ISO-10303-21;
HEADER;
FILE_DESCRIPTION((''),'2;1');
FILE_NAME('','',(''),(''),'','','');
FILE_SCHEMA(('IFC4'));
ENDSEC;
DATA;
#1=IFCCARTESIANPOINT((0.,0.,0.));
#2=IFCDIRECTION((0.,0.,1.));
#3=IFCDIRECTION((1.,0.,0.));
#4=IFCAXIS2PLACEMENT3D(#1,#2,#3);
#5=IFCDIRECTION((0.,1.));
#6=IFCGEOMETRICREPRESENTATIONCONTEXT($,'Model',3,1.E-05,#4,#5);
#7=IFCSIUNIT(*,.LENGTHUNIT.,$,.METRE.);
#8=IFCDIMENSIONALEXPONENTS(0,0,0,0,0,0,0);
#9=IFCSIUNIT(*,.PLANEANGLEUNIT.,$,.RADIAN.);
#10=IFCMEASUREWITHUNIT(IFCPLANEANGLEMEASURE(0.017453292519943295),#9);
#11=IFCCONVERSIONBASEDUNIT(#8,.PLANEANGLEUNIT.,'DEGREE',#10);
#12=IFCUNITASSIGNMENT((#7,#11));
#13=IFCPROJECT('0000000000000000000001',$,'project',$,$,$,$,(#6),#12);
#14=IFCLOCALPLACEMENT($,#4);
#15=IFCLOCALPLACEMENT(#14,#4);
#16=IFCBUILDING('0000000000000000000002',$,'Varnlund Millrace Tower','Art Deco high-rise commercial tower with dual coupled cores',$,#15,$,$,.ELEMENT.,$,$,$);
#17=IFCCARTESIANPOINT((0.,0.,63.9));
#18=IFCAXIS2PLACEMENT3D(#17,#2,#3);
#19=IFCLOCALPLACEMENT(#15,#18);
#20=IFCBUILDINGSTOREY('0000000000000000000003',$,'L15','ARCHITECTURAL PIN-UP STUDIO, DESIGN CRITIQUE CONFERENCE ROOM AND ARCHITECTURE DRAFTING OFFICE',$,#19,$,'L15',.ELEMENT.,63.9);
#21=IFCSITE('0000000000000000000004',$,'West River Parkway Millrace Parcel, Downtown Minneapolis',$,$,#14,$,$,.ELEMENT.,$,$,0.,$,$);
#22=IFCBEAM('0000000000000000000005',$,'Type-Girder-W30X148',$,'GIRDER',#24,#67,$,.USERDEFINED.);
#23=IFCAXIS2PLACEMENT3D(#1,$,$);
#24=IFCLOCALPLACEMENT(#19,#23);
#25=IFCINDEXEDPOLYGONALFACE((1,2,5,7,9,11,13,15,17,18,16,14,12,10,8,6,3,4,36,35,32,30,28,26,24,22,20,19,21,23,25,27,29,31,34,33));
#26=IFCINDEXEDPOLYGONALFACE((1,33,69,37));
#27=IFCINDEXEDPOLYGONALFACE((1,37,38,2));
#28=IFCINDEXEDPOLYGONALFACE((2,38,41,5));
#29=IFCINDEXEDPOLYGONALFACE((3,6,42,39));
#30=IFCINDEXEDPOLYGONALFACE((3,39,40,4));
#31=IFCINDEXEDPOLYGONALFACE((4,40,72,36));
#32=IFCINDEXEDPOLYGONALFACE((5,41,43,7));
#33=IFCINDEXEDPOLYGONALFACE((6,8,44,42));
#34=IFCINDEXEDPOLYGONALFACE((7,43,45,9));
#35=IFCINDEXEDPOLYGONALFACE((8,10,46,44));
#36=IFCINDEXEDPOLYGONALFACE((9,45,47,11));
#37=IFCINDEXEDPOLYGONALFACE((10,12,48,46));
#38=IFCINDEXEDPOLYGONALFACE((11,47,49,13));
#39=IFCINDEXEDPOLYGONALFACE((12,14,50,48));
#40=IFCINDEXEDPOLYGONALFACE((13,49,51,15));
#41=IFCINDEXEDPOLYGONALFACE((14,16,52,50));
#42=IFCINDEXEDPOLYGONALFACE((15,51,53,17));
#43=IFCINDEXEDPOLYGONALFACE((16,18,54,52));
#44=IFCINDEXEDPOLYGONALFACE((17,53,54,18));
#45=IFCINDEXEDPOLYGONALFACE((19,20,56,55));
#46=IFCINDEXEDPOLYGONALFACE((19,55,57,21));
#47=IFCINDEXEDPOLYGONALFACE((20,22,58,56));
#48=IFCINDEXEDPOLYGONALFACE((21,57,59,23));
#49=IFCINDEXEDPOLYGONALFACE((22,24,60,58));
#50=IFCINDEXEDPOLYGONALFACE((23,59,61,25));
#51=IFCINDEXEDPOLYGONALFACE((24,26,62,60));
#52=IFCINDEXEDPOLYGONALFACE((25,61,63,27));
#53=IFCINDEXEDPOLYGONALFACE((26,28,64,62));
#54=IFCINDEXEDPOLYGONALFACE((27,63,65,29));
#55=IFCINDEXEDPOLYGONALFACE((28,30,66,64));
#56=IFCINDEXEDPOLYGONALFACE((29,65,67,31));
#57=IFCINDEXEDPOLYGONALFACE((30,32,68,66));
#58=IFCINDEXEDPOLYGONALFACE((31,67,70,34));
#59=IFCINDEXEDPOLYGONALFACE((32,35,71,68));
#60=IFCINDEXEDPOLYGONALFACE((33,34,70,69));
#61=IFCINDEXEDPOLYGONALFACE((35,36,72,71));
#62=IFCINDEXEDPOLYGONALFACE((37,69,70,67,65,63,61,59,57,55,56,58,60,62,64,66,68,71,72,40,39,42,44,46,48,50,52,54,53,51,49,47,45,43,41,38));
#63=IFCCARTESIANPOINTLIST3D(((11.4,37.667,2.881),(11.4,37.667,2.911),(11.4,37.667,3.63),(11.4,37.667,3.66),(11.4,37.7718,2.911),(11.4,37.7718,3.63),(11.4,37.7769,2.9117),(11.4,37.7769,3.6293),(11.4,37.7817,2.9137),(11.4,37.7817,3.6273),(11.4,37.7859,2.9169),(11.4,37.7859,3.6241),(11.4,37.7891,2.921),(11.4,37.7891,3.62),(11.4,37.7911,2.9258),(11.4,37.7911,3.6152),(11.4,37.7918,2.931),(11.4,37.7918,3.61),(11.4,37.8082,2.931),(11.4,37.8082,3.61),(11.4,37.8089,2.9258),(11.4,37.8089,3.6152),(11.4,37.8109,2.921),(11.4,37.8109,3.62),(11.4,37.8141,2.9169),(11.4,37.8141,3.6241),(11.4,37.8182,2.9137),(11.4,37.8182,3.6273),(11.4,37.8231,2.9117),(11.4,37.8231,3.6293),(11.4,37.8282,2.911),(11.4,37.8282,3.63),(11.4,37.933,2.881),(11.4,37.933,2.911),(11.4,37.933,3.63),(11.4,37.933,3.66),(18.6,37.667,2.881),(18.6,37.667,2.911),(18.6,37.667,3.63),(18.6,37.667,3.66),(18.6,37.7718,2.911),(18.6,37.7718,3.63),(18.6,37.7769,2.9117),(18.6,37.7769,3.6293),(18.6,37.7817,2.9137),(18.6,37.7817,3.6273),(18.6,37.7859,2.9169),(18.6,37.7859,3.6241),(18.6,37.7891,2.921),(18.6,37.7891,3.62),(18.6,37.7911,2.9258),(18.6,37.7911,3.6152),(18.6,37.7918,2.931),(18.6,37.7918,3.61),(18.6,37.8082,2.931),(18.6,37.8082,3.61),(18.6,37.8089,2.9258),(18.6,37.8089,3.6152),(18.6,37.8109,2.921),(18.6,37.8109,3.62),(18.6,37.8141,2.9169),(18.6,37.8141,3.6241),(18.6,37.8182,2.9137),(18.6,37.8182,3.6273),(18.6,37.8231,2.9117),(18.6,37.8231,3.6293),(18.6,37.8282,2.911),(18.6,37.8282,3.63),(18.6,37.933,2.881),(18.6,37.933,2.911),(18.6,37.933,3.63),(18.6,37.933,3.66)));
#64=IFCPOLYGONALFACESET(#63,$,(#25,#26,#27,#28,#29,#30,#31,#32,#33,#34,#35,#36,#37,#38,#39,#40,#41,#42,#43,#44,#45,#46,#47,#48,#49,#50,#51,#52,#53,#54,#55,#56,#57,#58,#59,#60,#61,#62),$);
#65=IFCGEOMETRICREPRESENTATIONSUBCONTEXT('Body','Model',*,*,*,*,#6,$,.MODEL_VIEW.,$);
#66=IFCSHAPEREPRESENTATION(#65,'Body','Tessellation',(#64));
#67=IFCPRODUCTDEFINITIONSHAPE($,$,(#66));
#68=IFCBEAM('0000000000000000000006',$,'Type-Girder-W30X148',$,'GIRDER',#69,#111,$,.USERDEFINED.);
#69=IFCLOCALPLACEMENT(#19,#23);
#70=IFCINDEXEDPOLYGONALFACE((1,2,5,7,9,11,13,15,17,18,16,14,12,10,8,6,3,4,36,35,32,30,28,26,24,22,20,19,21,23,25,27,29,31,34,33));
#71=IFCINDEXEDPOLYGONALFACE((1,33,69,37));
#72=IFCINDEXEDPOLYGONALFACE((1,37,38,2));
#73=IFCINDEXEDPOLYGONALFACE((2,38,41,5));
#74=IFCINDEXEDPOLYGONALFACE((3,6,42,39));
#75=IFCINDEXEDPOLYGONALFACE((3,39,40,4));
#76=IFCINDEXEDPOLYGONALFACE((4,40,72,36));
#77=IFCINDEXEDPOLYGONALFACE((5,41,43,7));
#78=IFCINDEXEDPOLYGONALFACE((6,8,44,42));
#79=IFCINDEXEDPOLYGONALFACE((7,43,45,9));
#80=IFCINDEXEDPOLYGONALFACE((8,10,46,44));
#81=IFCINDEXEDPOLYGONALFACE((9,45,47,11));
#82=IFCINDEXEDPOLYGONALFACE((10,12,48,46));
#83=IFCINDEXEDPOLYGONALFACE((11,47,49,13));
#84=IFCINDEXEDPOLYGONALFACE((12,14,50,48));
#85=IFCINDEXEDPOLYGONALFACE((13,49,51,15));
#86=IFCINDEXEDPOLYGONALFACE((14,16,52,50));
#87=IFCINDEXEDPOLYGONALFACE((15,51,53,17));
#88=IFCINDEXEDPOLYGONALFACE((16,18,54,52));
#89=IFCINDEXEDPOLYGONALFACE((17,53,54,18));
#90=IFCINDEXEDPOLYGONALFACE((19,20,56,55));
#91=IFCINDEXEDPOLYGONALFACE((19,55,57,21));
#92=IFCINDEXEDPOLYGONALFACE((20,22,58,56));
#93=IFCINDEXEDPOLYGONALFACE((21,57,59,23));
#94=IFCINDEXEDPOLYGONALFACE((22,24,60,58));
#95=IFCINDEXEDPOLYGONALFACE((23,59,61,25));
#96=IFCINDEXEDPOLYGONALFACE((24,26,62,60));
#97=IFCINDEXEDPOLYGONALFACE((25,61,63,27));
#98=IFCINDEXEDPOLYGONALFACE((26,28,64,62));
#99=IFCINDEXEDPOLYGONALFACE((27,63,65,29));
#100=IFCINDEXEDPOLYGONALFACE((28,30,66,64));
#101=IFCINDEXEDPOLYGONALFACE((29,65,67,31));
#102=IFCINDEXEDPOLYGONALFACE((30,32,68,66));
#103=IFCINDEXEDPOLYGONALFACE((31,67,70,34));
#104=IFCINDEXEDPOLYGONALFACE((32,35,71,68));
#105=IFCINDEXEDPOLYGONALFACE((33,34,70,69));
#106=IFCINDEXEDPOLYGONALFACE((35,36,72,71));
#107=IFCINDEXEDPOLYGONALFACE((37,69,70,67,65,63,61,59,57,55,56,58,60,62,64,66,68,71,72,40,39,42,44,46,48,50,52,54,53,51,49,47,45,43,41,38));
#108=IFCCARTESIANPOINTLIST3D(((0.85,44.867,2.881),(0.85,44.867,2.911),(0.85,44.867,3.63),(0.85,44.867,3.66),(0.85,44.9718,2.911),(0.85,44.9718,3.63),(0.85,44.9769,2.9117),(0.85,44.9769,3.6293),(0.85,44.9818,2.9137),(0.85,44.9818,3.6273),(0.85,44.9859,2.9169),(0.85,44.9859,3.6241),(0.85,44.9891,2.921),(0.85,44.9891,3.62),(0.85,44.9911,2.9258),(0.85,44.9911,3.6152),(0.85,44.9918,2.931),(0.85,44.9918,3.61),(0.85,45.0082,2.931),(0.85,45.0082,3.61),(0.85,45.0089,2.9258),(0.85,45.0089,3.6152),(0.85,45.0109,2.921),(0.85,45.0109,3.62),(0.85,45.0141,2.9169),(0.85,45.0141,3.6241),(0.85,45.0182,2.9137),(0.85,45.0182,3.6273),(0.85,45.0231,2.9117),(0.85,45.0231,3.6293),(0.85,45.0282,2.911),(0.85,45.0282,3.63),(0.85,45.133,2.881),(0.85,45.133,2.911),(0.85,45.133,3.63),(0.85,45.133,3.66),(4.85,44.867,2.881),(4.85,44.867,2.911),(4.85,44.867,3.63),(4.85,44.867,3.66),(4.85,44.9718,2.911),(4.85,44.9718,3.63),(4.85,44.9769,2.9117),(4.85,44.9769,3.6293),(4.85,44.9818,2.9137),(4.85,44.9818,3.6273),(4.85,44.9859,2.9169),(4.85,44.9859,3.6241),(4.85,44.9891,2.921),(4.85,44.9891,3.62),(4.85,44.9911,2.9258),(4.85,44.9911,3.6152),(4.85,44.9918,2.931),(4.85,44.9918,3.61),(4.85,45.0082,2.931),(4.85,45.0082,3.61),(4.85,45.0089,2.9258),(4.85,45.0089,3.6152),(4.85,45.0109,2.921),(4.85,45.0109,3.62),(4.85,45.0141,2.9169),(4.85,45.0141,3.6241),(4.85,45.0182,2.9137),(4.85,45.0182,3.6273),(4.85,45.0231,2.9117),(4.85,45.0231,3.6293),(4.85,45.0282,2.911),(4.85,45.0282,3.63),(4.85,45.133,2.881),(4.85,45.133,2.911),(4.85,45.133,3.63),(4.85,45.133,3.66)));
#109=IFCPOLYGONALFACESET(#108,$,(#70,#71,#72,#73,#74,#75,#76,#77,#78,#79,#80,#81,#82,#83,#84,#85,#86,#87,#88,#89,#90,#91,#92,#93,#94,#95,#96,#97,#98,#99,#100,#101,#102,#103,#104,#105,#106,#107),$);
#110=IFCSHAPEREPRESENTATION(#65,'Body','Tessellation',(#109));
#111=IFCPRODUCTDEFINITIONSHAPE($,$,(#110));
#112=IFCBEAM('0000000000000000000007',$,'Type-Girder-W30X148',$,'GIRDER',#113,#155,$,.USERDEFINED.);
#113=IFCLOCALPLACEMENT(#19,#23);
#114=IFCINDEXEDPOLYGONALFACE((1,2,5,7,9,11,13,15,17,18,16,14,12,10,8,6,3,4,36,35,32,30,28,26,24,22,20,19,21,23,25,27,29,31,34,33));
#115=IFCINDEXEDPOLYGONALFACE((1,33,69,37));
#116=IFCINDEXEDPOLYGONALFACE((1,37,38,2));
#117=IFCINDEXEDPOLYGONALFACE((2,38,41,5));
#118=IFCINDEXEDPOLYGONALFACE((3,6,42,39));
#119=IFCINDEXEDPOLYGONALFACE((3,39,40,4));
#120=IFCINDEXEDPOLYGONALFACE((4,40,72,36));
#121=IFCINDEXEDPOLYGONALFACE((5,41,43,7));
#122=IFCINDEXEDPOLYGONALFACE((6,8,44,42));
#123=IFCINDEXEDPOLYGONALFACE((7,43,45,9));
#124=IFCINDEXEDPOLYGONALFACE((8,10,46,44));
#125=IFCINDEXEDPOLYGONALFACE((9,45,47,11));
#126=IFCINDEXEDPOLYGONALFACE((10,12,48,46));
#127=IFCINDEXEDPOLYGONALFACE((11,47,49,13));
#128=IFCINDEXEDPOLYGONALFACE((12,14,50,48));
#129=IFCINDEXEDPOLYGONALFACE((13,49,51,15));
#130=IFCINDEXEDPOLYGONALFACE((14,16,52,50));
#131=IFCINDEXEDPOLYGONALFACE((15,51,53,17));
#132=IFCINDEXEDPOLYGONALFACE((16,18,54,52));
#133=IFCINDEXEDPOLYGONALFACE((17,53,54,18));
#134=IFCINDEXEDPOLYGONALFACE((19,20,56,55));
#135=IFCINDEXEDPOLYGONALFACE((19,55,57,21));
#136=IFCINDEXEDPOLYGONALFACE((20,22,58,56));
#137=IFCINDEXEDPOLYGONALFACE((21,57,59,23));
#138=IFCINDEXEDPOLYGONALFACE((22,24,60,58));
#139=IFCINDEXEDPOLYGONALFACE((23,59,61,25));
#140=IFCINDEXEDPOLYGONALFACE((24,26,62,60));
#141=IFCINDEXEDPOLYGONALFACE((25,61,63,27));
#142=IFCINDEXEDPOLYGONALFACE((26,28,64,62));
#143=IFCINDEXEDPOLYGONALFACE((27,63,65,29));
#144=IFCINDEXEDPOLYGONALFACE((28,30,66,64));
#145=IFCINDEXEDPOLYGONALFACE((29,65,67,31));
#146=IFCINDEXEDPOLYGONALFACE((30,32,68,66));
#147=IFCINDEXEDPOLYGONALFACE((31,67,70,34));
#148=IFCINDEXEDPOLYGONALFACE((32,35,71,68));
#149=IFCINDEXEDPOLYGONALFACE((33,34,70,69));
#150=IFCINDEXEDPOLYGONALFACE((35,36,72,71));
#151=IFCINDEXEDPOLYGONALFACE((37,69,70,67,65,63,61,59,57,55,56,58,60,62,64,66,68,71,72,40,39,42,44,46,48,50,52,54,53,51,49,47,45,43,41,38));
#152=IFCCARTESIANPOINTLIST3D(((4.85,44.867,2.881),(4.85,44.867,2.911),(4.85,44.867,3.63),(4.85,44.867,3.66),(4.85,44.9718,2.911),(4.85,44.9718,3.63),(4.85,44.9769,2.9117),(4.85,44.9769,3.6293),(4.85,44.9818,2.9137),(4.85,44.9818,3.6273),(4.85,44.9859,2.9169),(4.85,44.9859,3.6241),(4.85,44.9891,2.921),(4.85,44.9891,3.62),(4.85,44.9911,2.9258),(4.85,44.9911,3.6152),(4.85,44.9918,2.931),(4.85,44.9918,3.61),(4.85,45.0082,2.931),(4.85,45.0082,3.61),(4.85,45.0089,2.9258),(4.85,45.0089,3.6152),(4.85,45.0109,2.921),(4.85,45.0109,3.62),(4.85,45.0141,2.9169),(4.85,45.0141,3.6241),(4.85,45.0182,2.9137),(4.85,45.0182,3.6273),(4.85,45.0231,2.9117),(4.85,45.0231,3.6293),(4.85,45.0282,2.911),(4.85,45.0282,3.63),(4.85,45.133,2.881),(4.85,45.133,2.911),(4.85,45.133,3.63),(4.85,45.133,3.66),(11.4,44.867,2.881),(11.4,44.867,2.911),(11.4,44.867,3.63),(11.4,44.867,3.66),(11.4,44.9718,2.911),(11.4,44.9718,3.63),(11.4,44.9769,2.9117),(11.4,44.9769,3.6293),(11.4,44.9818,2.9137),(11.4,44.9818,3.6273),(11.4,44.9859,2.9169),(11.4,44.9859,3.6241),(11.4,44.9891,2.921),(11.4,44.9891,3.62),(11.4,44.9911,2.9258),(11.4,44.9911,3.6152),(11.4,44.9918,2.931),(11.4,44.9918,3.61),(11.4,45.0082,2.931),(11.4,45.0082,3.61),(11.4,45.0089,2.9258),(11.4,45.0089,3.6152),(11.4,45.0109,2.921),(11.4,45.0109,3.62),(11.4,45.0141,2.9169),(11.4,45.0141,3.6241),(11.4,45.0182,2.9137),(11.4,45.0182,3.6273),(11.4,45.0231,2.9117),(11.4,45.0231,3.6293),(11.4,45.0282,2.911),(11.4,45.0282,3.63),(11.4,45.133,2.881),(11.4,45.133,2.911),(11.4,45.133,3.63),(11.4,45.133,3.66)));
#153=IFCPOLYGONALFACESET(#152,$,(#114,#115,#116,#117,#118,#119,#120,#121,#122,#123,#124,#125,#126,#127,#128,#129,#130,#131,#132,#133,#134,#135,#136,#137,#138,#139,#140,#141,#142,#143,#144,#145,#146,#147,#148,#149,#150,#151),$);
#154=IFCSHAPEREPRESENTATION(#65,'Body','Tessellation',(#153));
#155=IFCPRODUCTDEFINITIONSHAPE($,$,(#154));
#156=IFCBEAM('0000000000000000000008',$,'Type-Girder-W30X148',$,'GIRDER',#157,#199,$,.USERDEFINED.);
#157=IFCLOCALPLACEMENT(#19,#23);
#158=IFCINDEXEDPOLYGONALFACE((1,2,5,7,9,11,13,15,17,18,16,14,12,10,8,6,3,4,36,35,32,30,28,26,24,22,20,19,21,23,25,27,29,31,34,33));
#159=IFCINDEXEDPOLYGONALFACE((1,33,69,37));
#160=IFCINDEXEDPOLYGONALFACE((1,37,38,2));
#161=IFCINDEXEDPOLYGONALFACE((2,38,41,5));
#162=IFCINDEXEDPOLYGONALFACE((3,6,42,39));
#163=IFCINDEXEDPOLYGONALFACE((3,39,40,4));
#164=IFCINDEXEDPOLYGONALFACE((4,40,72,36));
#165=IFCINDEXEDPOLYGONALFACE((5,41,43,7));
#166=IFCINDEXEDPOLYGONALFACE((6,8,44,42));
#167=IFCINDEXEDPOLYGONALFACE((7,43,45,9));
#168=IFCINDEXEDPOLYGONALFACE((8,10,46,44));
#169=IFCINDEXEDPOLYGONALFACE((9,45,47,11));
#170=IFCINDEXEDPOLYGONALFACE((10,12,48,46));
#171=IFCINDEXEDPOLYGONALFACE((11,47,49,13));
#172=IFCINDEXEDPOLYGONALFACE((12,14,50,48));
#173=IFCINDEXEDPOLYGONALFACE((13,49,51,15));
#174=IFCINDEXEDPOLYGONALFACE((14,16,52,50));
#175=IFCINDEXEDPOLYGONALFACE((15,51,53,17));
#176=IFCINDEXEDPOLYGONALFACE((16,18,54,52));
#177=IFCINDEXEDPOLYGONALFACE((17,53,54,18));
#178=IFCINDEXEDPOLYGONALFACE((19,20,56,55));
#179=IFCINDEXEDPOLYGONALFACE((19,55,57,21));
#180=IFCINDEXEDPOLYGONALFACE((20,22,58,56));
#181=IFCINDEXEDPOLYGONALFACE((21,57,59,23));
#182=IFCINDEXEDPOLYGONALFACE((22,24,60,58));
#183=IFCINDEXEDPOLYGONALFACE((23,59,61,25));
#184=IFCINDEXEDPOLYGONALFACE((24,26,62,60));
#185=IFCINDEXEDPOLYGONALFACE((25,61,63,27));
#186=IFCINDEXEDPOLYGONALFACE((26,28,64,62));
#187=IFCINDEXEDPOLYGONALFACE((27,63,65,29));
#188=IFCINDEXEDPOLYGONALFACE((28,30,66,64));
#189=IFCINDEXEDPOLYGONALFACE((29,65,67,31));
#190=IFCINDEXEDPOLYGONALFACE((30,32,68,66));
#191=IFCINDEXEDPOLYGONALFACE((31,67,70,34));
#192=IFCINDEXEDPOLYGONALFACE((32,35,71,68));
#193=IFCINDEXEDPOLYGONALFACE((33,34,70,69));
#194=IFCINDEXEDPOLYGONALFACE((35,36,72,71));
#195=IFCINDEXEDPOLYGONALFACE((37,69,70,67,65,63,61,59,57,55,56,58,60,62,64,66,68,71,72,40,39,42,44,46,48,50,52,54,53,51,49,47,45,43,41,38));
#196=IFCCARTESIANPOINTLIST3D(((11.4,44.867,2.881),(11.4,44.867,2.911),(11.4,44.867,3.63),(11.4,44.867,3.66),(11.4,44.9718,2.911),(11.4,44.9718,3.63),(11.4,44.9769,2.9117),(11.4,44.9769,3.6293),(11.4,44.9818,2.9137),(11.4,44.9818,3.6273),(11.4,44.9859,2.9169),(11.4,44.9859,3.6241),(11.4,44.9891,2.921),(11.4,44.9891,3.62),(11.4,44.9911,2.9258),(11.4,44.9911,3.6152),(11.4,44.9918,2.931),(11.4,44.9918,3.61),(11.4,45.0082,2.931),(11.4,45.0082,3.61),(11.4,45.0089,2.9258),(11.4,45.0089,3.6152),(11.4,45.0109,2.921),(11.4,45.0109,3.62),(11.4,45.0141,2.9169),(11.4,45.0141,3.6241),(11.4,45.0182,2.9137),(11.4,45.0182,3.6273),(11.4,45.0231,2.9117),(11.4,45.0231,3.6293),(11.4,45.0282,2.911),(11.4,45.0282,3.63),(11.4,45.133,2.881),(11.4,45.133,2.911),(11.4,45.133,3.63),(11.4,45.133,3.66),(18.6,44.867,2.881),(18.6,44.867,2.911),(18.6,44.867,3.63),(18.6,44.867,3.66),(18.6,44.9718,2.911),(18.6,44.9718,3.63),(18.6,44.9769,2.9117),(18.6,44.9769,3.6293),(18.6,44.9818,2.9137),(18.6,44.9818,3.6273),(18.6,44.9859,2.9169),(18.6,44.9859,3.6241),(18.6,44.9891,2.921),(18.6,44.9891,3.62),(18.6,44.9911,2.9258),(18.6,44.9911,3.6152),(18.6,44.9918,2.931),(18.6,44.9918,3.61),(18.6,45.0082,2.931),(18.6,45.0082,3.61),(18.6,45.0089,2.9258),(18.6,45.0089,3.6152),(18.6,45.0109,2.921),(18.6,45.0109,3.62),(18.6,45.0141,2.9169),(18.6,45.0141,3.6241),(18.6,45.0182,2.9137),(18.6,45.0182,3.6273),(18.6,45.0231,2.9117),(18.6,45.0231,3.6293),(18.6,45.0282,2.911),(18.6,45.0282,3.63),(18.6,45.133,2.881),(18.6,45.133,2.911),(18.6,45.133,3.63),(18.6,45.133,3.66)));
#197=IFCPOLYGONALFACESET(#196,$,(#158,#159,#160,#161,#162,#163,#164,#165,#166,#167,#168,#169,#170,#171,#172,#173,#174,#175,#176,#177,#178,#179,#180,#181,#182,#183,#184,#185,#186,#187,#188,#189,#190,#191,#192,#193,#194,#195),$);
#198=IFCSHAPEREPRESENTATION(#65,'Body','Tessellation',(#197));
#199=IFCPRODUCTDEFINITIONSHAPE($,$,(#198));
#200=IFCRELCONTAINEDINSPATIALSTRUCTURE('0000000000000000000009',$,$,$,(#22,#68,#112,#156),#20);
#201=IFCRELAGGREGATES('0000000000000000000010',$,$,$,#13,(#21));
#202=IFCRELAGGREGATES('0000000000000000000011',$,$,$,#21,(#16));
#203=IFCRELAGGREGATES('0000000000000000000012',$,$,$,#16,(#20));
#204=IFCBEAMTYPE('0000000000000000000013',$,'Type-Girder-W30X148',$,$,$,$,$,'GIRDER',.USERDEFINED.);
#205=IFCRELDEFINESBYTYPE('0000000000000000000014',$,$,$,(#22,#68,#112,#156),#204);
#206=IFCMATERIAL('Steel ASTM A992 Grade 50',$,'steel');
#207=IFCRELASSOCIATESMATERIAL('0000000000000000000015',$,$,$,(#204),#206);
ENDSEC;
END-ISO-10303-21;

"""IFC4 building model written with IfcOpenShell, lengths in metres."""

from ifc_helpers import new_model, entity, si_unit, converted_unit, direction, frame, origin_with_axes, origin_2d_with_axis, place, context, subcontext, project, spatial, i_section, extrude, material, material_profile, profile_set, type_object, element, save


model = new_model("IFC4")

# Units and contexts
model_context = context("Model", 3, precision=1e-05, world=origin_with_axes(), true_north=direction((0.0, 1.0)))
body_context = subcontext(model_context, "Body", "Model", "MODEL_VIEW")
ifc_project = project(units=[si_unit("LENGTHUNIT", "METRE"), converted_unit("PLANEANGLEUNIT", "DEGREE", entity("IfcPlaneAngleMeasure", 0.017453292519943295), si_unit("PLANEANGLEUNIT", "RADIAN"), dimensions=[0, 0, 0, 0, 0, 0, 0])], contexts=[model_context])

# Site, building, storey
site_placement = place(None, origin_with_axes())
site = spatial("IfcSite", under=ifc_project, at=site_placement, Name="West River Parkway Millrace Parcel, Downtown Minneapolis", CompositionType="ELEMENT", RefElevation=0.0)
building_placement = place(site_placement, origin_with_axes())
building = spatial("IfcBuilding", under=site, at=building_placement, Name="Varnlund Millrace Tower", Description="Art Deco high-rise commercial tower with dual coupled cores", CompositionType="ELEMENT")
storey_placement = place(building_placement, frame((0.0, 0.0, 63.9), z_axis=(0.0, 0.0, 1.0), x_axis=(1.0, 0.0, 0.0)))
storey = spatial("IfcBuildingStorey", under=building, at=storey_placement, Name="L15", Description="ARCHITECTURAL PIN-UP STUDIO, DESIGN CRITIQUE CONFERENCE ROOM AND ARCHITECTURE DRAFTING OFFICE", LongName="L15", CompositionType="ELEMENT", Elevation=63.9)

# Beams
ifc_material_1 = material(Name="Steel ASTM A992 Grade 50", Category="steel")
ifc_material_profile_1 = material_profile(ifc_material_1, i_section(OverallWidth=0.266, OverallDepth=0.779, WebThickness=0.0165, FlangeThickness=0.03, FilletRadius=0.02, at=origin_2d_with_axis()), Name="Steel ASTM A992 Grade 50")
ifc_profile_set_1 = profile_set([ifc_material_profile_1], Name="Steel ASTM A992 Grade 50")
beam_type_1 = type_object("IfcBeamType", Name="Type-Girder-W30X148", ElementType="GIRDER", PredefinedType="USERDEFINED", material=ifc_profile_set_1)
beam_1_placement = place(storey_placement, frame((11.4, 37.8, 3.2705), z_axis=(1.0, 0.0, 0.0), x_axis=(0.0, 1.0, 0.0)))
element("IfcBeam", 1, at=beam_1_placement, inside=storey, type_object=beam_type_1, Name="Type-Girder-W30X148", ObjectType="GIRDER", PredefinedType="USERDEFINED", context=body_context, shape_type="SweptSolid", body=[
    extrude(i_section(OverallWidth=0.266, OverallDepth=0.779, WebThickness=0.0165, FlangeThickness=0.03, FilletRadius=0.02, at=origin_2d_with_axis()), origin_with_axes(), (0.0, 0.0, 1.0), 7.2),
])
beam_2_placement = place(storey_placement, frame((0.85, 45.0, 3.2705), z_axis=(1.0, 0.0, 0.0), x_axis=(0.0, 1.0, 0.0)))
element("IfcBeam", 2, at=beam_2_placement, inside=storey, type_object=beam_type_1, Name="Type-Girder-W30X148", ObjectType="GIRDER", PredefinedType="USERDEFINED", context=body_context, shape_type="SweptSolid", body=[
    extrude(i_section(OverallWidth=0.266, OverallDepth=0.779, WebThickness=0.0165, FlangeThickness=0.03, FilletRadius=0.02, at=origin_2d_with_axis()), origin_with_axes(), (0.0, 0.0, 1.0), 4.0),
])
beam_3_placement = place(storey_placement, frame((4.85, 45.0, 3.2705), z_axis=(1.0, 0.0, 0.0), x_axis=(0.0, 1.0, 0.0)))
element("IfcBeam", 3, at=beam_3_placement, inside=storey, type_object=beam_type_1, Name="Type-Girder-W30X148", ObjectType="GIRDER", PredefinedType="USERDEFINED", context=body_context, shape_type="SweptSolid", body=[
    extrude(i_section(OverallWidth=0.266, OverallDepth=0.779, WebThickness=0.0165, FlangeThickness=0.03, FilletRadius=0.02, at=origin_2d_with_axis()), origin_with_axes(), (0.0, 0.0, 1.0), 6.55),
])
beam_4_placement = place(storey_placement, frame((11.4, 45.0, 3.2705), z_axis=(1.0, 0.0, 0.0), x_axis=(0.0, 1.0, 0.0)))
element("IfcBeam", 4, at=beam_4_placement, inside=storey, type_object=beam_type_1, Name="Type-Girder-W30X148", ObjectType="GIRDER", PredefinedType="USERDEFINED", context=body_context, shape_type="SweptSolid", body=[
    extrude(i_section(OverallWidth=0.266, OverallDepth=0.779, WebThickness=0.0165, FlangeThickness=0.03, FilletRadius=0.02, at=origin_2d_with_axis()), origin_with_axes(), (0.0, 0.0, 1.0), 7.2),
])

save(model, "model.ifc")
